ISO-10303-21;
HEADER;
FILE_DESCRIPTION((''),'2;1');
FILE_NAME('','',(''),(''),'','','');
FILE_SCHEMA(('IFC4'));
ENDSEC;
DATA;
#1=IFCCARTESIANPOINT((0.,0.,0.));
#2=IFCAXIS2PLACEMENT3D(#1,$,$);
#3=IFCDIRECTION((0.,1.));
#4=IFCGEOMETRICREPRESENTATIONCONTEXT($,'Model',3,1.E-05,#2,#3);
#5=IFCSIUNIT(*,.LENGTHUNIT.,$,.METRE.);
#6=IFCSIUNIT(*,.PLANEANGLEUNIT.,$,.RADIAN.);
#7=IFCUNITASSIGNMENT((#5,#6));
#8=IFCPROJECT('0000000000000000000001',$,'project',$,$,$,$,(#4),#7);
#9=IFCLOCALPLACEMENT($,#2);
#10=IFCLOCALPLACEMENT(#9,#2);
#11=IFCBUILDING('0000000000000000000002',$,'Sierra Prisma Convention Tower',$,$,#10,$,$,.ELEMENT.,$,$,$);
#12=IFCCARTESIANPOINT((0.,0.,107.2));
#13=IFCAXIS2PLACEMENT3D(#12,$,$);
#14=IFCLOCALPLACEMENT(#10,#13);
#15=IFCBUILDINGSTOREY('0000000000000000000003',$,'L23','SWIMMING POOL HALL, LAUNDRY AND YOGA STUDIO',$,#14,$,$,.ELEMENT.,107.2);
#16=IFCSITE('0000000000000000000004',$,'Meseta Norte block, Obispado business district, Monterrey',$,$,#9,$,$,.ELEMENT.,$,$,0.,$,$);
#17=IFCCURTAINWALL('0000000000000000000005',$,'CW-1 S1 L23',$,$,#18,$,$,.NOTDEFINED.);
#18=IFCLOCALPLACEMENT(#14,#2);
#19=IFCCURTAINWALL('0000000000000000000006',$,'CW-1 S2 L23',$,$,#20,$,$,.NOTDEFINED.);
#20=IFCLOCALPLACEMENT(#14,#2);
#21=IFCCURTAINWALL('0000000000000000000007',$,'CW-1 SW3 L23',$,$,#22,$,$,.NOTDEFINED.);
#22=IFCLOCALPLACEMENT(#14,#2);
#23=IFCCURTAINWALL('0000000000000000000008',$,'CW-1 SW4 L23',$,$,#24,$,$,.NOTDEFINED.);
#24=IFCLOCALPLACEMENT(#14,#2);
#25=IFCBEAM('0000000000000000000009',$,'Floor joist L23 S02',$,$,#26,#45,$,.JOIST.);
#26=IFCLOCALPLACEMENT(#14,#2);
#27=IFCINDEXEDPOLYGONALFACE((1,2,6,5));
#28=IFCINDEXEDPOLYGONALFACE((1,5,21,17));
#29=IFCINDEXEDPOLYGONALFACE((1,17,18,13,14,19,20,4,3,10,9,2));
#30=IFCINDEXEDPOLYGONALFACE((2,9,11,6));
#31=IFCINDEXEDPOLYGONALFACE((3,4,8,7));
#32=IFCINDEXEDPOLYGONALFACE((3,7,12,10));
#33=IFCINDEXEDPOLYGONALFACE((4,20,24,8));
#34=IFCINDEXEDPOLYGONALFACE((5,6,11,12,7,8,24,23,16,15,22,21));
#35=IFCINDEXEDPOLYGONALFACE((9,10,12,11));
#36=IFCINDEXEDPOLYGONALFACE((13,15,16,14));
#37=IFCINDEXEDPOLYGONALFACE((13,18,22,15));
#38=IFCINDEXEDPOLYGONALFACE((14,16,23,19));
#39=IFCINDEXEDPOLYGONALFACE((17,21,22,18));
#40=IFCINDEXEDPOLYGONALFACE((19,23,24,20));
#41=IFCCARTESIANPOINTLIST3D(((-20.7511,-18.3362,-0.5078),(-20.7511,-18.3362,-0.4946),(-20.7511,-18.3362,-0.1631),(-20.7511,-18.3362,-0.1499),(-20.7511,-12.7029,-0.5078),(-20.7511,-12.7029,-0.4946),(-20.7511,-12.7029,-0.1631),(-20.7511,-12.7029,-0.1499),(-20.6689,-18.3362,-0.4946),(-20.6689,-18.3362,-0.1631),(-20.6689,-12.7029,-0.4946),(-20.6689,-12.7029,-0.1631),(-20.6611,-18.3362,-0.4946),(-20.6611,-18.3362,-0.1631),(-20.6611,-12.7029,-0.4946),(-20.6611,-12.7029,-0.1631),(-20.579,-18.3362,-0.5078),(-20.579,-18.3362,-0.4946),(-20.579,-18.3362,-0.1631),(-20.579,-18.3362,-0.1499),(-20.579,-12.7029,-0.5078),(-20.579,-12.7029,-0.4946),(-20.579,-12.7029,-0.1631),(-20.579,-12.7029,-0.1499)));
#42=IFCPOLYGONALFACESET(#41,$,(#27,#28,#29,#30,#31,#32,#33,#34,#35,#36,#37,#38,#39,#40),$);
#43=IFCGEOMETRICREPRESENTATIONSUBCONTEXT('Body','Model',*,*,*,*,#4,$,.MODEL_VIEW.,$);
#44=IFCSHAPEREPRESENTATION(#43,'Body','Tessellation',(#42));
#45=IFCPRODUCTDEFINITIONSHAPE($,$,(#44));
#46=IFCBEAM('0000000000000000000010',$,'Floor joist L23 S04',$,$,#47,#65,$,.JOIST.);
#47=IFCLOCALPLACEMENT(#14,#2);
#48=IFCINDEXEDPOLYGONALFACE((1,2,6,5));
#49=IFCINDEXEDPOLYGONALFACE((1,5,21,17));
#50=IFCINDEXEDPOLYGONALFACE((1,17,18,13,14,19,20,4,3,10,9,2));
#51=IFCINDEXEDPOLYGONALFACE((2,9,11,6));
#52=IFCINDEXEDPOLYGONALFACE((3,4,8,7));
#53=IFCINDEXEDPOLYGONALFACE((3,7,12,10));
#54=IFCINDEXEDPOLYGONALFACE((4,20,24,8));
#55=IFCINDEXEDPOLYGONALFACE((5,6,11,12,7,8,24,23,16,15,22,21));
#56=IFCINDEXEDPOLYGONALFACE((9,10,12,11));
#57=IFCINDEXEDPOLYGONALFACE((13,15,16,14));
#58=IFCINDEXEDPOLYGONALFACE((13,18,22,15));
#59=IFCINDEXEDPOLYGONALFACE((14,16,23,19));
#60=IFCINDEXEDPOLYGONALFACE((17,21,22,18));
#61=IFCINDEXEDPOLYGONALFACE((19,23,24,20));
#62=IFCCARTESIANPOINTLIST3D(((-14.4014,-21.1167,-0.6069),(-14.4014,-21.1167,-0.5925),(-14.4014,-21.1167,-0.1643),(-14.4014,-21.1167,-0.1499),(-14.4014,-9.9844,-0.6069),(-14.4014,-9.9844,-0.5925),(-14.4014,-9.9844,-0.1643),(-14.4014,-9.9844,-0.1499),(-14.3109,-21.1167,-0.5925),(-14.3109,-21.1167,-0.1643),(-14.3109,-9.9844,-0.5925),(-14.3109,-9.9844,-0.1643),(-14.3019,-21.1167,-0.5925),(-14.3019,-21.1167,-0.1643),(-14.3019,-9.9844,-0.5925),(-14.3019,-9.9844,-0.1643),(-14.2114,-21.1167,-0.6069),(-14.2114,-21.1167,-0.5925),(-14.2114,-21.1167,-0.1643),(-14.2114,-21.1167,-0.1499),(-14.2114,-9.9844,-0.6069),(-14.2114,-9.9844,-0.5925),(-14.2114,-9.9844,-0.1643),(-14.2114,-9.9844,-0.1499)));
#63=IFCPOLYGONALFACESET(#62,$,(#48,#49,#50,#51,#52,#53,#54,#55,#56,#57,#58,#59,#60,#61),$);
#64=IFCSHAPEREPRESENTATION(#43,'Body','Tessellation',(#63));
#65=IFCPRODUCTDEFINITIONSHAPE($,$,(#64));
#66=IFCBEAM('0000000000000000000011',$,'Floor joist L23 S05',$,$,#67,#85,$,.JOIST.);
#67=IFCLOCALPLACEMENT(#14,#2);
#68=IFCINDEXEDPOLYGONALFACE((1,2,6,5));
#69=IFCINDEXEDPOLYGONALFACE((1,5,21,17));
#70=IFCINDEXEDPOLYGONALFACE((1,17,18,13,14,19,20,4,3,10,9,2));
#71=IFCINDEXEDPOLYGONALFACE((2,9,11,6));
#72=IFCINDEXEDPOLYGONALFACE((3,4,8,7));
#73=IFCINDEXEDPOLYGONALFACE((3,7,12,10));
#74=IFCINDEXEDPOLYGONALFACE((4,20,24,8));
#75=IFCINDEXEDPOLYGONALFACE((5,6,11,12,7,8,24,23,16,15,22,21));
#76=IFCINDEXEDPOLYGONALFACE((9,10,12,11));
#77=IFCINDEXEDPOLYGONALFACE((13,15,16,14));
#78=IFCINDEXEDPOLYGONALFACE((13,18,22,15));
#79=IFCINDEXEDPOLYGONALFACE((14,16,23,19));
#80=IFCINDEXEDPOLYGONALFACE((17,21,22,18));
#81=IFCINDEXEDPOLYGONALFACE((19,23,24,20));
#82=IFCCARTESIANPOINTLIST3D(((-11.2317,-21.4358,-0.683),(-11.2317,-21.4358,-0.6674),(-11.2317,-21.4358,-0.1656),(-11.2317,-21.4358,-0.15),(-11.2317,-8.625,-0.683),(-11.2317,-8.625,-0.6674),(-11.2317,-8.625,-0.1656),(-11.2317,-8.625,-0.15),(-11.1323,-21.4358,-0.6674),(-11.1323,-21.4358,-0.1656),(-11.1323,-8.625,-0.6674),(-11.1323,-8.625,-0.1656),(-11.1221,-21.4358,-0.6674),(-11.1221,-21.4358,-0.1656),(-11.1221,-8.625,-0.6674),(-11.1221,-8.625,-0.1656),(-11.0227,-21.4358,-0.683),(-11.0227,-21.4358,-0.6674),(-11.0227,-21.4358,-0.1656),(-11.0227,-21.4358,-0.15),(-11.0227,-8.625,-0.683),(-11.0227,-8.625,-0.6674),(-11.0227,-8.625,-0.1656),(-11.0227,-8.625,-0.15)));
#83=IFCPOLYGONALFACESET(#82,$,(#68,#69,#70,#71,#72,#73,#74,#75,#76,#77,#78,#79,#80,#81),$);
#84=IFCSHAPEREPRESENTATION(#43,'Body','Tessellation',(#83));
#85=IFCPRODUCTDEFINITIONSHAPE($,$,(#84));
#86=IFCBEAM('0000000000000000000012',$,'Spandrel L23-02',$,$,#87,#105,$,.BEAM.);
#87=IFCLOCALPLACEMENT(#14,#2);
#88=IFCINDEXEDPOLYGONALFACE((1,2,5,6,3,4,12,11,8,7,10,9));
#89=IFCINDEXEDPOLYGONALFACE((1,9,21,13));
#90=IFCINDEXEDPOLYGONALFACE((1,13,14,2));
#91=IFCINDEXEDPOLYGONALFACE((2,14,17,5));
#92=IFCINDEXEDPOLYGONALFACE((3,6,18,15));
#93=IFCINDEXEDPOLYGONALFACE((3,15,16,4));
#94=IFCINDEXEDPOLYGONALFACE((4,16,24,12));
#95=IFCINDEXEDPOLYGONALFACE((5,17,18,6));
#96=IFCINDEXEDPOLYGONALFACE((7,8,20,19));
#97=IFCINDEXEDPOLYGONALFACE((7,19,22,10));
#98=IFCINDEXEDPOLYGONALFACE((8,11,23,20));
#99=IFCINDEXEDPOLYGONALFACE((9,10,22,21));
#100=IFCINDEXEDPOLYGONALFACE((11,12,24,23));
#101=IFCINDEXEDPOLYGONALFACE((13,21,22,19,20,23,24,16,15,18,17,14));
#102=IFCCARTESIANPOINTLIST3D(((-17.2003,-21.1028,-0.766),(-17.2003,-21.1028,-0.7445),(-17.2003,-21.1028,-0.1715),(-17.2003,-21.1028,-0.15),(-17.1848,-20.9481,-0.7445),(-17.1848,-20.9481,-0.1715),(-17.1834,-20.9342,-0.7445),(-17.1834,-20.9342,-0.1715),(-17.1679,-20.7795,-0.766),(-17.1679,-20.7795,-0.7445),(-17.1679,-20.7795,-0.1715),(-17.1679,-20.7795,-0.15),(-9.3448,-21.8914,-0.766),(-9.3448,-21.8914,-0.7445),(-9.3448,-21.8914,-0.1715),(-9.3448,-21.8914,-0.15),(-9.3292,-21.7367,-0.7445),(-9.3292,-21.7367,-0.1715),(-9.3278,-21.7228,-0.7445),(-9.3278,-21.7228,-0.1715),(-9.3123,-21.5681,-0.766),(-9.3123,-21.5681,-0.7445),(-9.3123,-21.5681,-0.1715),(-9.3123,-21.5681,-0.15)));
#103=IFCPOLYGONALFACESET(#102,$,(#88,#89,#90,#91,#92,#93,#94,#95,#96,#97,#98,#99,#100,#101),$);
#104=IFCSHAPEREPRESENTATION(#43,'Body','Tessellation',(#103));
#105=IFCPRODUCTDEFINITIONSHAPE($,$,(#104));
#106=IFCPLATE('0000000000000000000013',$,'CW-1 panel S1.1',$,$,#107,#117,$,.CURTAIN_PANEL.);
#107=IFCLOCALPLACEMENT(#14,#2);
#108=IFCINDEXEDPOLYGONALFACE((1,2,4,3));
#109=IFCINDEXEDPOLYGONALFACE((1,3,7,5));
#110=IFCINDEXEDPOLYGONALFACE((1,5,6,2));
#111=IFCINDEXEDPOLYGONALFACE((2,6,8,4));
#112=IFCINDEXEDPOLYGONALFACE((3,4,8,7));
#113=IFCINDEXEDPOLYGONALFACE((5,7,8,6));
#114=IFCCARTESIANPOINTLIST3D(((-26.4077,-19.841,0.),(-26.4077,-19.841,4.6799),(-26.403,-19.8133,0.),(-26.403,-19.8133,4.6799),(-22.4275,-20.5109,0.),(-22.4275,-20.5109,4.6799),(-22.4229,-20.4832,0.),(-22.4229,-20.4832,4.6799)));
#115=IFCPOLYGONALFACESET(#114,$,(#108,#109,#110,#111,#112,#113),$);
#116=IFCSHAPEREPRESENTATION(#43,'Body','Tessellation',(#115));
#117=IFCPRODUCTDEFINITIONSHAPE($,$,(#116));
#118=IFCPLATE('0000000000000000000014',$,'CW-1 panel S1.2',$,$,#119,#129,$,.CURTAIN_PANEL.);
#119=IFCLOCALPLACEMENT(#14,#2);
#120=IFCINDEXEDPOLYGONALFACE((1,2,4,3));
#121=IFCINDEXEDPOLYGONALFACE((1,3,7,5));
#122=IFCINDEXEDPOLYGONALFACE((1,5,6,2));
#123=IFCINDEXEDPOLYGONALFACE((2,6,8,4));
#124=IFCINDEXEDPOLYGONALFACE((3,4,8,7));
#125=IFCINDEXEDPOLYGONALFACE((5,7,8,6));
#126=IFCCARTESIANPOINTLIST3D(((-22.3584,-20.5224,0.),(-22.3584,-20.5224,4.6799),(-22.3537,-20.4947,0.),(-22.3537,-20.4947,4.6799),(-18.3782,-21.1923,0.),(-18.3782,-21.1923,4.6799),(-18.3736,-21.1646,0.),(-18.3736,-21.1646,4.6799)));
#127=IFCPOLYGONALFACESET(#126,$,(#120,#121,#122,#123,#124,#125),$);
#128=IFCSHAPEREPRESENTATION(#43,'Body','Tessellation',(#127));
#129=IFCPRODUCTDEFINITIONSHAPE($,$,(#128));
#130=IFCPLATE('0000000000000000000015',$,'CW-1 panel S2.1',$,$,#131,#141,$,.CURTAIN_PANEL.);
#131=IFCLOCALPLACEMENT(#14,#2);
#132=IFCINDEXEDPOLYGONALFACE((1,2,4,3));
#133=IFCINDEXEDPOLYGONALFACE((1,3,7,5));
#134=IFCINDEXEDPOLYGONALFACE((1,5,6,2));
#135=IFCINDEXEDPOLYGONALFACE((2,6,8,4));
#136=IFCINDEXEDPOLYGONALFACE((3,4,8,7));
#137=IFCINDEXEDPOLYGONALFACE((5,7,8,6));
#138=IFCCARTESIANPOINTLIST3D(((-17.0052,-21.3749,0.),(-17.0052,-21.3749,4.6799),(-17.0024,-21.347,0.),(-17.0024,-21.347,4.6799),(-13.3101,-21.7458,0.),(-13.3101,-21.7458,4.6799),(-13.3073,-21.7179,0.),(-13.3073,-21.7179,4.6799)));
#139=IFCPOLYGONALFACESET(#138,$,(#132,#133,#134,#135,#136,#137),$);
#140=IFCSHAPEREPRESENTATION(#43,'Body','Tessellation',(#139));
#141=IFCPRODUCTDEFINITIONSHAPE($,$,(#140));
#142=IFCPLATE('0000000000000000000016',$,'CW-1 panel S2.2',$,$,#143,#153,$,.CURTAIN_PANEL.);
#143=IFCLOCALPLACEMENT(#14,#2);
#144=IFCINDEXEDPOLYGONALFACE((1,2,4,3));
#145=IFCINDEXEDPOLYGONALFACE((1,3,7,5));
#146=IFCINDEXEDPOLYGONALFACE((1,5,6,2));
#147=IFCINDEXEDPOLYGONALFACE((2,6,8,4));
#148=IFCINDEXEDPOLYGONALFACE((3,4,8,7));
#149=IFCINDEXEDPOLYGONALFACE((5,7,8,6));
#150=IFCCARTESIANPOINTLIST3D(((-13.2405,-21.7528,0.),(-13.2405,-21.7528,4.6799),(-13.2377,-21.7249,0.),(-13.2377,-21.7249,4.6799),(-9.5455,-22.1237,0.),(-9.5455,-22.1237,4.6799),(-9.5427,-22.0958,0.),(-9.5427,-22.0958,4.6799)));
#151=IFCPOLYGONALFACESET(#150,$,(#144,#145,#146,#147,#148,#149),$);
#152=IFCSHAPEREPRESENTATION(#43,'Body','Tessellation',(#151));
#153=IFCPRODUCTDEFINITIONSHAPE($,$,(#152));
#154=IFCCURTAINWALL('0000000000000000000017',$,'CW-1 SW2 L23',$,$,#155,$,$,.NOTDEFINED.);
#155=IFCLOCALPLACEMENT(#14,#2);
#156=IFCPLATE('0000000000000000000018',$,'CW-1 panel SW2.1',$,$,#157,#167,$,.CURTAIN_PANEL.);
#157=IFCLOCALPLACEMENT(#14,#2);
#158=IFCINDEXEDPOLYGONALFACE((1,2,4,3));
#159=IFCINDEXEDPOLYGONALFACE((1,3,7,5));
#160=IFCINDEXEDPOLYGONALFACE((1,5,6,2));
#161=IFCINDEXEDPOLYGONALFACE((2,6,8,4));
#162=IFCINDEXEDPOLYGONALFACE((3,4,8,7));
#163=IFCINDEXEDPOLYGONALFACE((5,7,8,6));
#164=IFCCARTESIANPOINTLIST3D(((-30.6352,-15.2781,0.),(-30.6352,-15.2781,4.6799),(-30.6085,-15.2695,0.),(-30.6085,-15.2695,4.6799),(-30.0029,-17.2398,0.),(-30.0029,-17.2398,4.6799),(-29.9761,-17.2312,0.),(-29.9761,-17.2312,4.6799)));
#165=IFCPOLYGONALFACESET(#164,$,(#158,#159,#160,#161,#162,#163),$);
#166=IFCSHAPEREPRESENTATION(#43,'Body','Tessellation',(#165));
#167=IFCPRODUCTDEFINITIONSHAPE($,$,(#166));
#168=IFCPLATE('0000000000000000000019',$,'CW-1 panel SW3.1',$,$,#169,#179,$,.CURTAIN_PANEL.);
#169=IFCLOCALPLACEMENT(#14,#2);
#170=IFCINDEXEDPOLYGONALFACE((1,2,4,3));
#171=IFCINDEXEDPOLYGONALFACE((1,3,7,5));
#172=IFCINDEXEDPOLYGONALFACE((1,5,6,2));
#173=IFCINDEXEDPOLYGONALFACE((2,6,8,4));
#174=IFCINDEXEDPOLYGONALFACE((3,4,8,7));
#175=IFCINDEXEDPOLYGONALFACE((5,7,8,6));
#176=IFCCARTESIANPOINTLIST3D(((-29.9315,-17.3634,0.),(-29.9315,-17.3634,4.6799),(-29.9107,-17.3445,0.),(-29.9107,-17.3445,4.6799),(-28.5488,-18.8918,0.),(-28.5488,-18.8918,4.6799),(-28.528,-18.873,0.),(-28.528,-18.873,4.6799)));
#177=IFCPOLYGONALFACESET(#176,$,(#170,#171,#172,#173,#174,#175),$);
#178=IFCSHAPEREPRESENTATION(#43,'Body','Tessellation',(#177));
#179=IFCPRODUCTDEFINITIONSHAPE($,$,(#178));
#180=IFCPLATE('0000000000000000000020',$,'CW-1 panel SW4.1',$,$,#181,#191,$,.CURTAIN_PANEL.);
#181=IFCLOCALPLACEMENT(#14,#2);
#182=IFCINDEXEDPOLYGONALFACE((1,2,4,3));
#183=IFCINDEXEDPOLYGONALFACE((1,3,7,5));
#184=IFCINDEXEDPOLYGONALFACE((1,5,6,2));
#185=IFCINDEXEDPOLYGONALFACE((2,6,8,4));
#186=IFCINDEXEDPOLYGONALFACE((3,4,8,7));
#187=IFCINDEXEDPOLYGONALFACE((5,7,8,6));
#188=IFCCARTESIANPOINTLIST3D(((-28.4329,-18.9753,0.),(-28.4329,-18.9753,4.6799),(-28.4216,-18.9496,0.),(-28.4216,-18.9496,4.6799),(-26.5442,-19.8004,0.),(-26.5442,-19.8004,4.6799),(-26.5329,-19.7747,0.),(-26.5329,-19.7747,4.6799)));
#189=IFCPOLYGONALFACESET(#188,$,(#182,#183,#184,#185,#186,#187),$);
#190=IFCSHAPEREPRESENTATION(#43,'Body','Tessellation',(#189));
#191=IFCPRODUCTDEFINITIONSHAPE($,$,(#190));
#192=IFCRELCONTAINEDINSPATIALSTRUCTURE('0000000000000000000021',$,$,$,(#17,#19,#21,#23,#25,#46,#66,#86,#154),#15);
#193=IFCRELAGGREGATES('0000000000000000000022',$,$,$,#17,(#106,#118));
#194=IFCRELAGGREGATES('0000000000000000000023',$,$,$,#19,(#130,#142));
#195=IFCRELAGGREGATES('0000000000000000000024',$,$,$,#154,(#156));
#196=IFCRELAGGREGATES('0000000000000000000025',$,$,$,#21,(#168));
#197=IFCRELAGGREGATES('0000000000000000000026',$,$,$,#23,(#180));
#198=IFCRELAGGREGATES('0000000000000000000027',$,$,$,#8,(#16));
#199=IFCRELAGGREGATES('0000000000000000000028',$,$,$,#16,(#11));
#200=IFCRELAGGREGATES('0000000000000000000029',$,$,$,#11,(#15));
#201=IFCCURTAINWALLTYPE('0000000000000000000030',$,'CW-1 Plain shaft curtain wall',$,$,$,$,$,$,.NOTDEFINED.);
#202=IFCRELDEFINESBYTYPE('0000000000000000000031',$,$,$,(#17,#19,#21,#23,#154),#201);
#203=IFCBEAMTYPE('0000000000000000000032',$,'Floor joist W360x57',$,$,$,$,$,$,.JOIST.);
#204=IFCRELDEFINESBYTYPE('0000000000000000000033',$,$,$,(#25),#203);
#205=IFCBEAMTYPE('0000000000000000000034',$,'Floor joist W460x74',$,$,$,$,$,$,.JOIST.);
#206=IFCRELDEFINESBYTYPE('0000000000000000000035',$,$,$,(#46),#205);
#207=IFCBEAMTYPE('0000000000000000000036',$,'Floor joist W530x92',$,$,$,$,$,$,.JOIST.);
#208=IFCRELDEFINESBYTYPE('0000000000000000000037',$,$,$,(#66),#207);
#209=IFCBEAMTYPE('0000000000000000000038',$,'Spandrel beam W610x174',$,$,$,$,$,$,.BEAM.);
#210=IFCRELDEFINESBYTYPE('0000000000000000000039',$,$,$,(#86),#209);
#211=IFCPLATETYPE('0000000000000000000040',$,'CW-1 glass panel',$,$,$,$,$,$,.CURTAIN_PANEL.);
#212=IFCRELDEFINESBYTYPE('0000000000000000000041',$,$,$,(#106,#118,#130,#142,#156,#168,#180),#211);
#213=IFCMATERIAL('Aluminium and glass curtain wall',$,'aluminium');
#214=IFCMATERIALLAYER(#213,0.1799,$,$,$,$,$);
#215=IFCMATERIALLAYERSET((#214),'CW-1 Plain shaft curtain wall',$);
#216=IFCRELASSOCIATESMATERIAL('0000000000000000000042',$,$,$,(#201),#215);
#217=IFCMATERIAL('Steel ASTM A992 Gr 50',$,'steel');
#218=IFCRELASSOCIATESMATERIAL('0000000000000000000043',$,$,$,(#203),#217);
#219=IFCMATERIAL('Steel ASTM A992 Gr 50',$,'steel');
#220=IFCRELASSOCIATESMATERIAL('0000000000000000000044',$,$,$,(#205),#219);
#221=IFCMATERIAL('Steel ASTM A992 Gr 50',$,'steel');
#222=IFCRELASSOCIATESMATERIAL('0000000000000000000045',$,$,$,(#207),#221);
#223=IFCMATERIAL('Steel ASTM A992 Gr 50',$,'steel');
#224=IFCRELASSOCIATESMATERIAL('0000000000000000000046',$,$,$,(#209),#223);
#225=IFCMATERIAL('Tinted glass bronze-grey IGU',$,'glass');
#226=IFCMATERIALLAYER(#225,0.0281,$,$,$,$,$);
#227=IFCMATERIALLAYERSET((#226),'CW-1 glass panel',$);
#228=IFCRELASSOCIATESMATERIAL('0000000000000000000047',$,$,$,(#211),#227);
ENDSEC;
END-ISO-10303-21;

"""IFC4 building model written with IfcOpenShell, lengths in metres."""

from ifc_helpers import new_model, si_unit, direction, frame, origin, origin_2d, place, context, subcontext, project, spatial, rectangle, i_section, extrude, material, layer, layer_set, material_profile, profile_set, type_object, element, aggregate, save


model = new_model("IFC4")

# Units and contexts
model_context = context("Model", 3, precision=1e-05, world=origin(), true_north=direction((0.0, 1.0)))
body_context = subcontext(model_context, "Body", "Model", "MODEL_VIEW")
ifc_project = project(units=[si_unit("LENGTHUNIT", "METRE"), si_unit("PLANEANGLEUNIT", "RADIAN")], contexts=[model_context])

# Site, building, storey
site_placement = place(None, origin())
site = spatial("IfcSite", under=ifc_project, at=site_placement, Name="Meseta Norte block, Obispado business district, Monterrey", CompositionType="ELEMENT", RefElevation=0.0)
building_placement = place(site_placement, origin())
building = spatial("IfcBuilding", under=site, at=building_placement, Name="Sierra Prisma Convention Tower", CompositionType="ELEMENT")
storey_placement = place(building_placement, frame((0.0, 0.0, 107.2)))
storey = spatial("IfcBuildingStorey", under=building, at=storey_placement, Name="L23", Description="SWIMMING POOL HALL, LAUNDRY AND YOGA STUDIO", CompositionType="ELEMENT", Elevation=107.2)

# Curtain walls
ifc_material_1 = material(Name="Aluminium and glass curtain wall", Category="aluminium")
ifc_layer_1 = layer(ifc_material_1, 0.1799)
ifc_layer_set_1 = layer_set([ifc_layer_1], Name="CW-1 Plain shaft curtain wall")
curtain_wall_type = type_object("IfcCurtainWallType", Name="CW-1 Plain shaft curtain wall", PredefinedType="NOTDEFINED", material=ifc_layer_set_1)
curtain_wall_1_placement = place(storey_placement, origin())
curtain_wall_1 = element("IfcCurtainWall", 1, at=curtain_wall_1_placement, inside=storey, type_object=curtain_wall_type, Name="CW-1 S1 L23", PredefinedType="NOTDEFINED")
curtain_wall_2_placement = place(storey_placement, origin())
curtain_wall_2 = element("IfcCurtainWall", 2, at=curtain_wall_2_placement, inside=storey, type_object=curtain_wall_type, Name="CW-1 S2 L23", PredefinedType="NOTDEFINED")

# Curtain walls
curtain_wall_3_placement = place(storey_placement, origin())
curtain_wall_3 = element("IfcCurtainWall", 3, at=curtain_wall_3_placement, inside=storey, type_object=curtain_wall_type, Name="CW-1 SW3 L23", PredefinedType="NOTDEFINED")
curtain_wall_4_placement = place(storey_placement, origin())
curtain_wall_4 = element("IfcCurtainWall", 4, at=curtain_wall_4_placement, inside=storey, type_object=curtain_wall_type, Name="CW-1 SW4 L23", PredefinedType="NOTDEFINED")

# Beams
ifc_material_2 = material(Name="Steel ASTM A992 Gr 50", Category="steel")
ifc_material_profile_1 = material_profile(ifc_material_2, i_section(OverallWidth=0.1721, OverallDepth=0.3579, WebThickness=0.0078, FlangeThickness=0.0132, at=origin_2d()), Name="W360x57")
ifc_profile_set_1 = profile_set([ifc_material_profile_1], Name="Steel ASTM A992 Gr 50")
beam_type_1 = type_object("IfcBeamType", Name="Floor joist W360x57", PredefinedType="JOIST", material=ifc_profile_set_1)
beam_1_placement = place(storey_placement, frame((-20.665, -18.3362, -0.3289), z_axis=(0.0, 1.0, 0.0), x_axis=(-1.0, 0.0, 0.0)))
element("IfcBeam", 5, at=beam_1_placement, inside=storey, type_object=beam_type_1, Name="Floor joist L23 S02", PredefinedType="JOIST", context=body_context, shape_type="SweptSolid", body=[
    extrude(i_section(OverallWidth=0.1721, OverallDepth=0.3579, WebThickness=0.0078, FlangeThickness=0.0132, at=origin_2d()), origin(), (0.0, 0.0, 1.0), 5.6333),
])
ifc_material_3 = material(Name="Steel ASTM A992 Gr 50", Category="steel")
ifc_material_profile_2 = material_profile(ifc_material_3, i_section(OverallWidth=0.1899, OverallDepth=0.457, WebThickness=0.009, FlangeThickness=0.0144, at=origin_2d()), Name="W460x74")
ifc_profile_set_2 = profile_set([ifc_material_profile_2], Name="Steel ASTM A992 Gr 50")
beam_type_2 = type_object("IfcBeamType", Name="Floor joist W460x74", PredefinedType="JOIST", material=ifc_profile_set_2)
beam_2_placement = place(storey_placement, frame((-14.3064, -21.1167, -0.3784), z_axis=(0.0, 1.0, 0.0), x_axis=(-1.0, 0.0, 0.0)))
element("IfcBeam", 6, at=beam_2_placement, inside=storey, type_object=beam_type_2, Name="Floor joist L23 S04", PredefinedType="JOIST", context=body_context, shape_type="SweptSolid", body=[
    extrude(i_section(OverallWidth=0.1899, OverallDepth=0.457, WebThickness=0.009, FlangeThickness=0.0144, at=origin_2d()), origin(), (0.0, 0.0, 1.0), 11.1323),
])
ifc_material_4 = material(Name="Steel ASTM A992 Gr 50", Category="steel")
ifc_material_profile_3 = material_profile(ifc_material_4, i_section(OverallWidth=0.209, OverallDepth=0.533, WebThickness=0.0103, FlangeThickness=0.0156, at=origin_2d()), Name="W530x92")
ifc_profile_set_3 = profile_set([ifc_material_profile_3], Name="Steel ASTM A992 Gr 50")
beam_type_3 = type_object("IfcBeamType", Name="Floor joist W530x92", PredefinedType="JOIST", material=ifc_profile_set_3)
beam_3_placement = place(storey_placement, frame((-11.1272, -21.4358, -0.4165), z_axis=(0.0, 1.0, 0.0), x_axis=(-1.0, 0.0, 0.0)))
element("IfcBeam", 7, at=beam_3_placement, inside=storey, type_object=beam_type_3, Name="Floor joist L23 S05", PredefinedType="JOIST", context=body_context, shape_type="SweptSolid", body=[
    extrude(i_section(OverallWidth=0.209, OverallDepth=0.533, WebThickness=0.0103, FlangeThickness=0.0156, at=origin_2d()), origin(), (0.0, 0.0, 1.0), 12.8108),
])
ifc_material_5 = material(Name="Steel ASTM A992 Gr 50", Category="steel")
ifc_material_profile_4 = material_profile(ifc_material_5, i_section(OverallWidth=0.325, OverallDepth=0.616, WebThickness=0.0139, FlangeThickness=0.0215, at=origin_2d()), Name="W610x174")
ifc_profile_set_4 = profile_set([ifc_material_profile_4], Name="Steel ASTM A992 Gr 50")
beam_type_4 = type_object("IfcBeamType", Name="Spandrel beam W610x174", PredefinedType="BEAM", material=ifc_profile_set_4)
beam_4_placement = place(storey_placement, frame((-17.1841, -20.9412, -0.458), z_axis=(0.994999, -0.099883, 0.0), x_axis=(0.099883, 0.994999, 0.0)))
element("IfcBeam", 8, at=beam_4_placement, inside=storey, type_object=beam_type_4, Name="Spandrel L23-02", PredefinedType="BEAM", context=body_context, shape_type="SweptSolid", body=[
    extrude(i_section(OverallWidth=0.325, OverallDepth=0.616, WebThickness=0.0139, FlangeThickness=0.0215, at=origin_2d()), origin(), (0.0, 0.0, 1.0), 7.895),
])

# Plates
ifc_material_6 = material(Name="Tinted glass bronze-grey IGU", Category="glass")
ifc_layer_2 = layer(ifc_material_6, 0.0281)
ifc_layer_set_2 = layer_set([ifc_layer_2], Name="CW-1 glass panel")
plate_type = type_object("IfcPlateType", Name="CW-1 glass panel", PredefinedType="CURTAIN_PANEL", material=ifc_layer_set_2)
plate_1_placement = place(storey_placement, frame((-24.4153, -20.1621, 0.0), z_axis=(0.0, 0.0, 1.0), x_axis=(0.986132, -0.165964, 0.0)))
plate_1 = element("IfcPlate", 9, at=plate_1_placement, type_object=plate_type, Name="CW-1 panel S1.1", PredefinedType="CURTAIN_PANEL", context=body_context, shape_type="SweptSolid", body=[
    extrude(rectangle(XDim=4.0361, YDim=0.0281, at=origin_2d()), origin(), (0.0, 0.0, 1.0), 4.6799),
])
plate_2_placement = place(storey_placement, frame((-20.366, -20.8435, 0.0), z_axis=(0.0, 0.0, 1.0), x_axis=(0.986132, -0.165964, 0.0)))
plate_2 = element("IfcPlate", 10, at=plate_2_placement, type_object=plate_type, Name="CW-1 panel S1.2", PredefinedType="CURTAIN_PANEL", context=body_context, shape_type="SweptSolid", body=[
    extrude(rectangle(XDim=4.0361, YDim=0.0281, at=origin_2d()), origin(), (0.0, 0.0, 1.0), 4.6799),
])
aggregate(curtain_wall_1, [plate_1, plate_2])
plate_3_placement = place(storey_placement, frame((-15.1562, -21.5464, 0.0), z_axis=(0.0, 0.0, 1.0), x_axis=(0.995, -0.099874, 0.0)))
plate_3 = element("IfcPlate", 11, at=plate_3_placement, type_object=plate_type, Name="CW-1 panel S2.1", PredefinedType="CURTAIN_PANEL", context=body_context, shape_type="SweptSolid", body=[
    extrude(rectangle(XDim=3.7136, YDim=0.0281, at=origin_2d()), origin(), (0.0, 0.0, 1.0), 4.6799),
])
plate_4_placement = place(storey_placement, frame((-11.3916, -21.9243, 0.0), z_axis=(0.0, 0.0, 1.0), x_axis=(0.995, -0.099874, 0.0)))
plate_4 = element("IfcPlate", 12, at=plate_4_placement, type_object=plate_type, Name="CW-1 panel S2.2", PredefinedType="CURTAIN_PANEL", context=body_context, shape_type="SweptSolid", body=[
    extrude(rectangle(XDim=3.7136, YDim=0.0281, at=origin_2d()), origin(), (0.0, 0.0, 1.0), 4.6799),
])
aggregate(curtain_wall_2, [plate_3, plate_4])

# Curtain wall, plate
curtain_wall_5_placement = place(storey_placement, origin())
curtain_wall_5 = element("IfcCurtainWall", 13, at=curtain_wall_5_placement, inside=storey, type_object=curtain_wall_type, Name="CW-1 SW2 L23", PredefinedType="NOTDEFINED")
plate_5_placement = place(storey_placement, frame((-30.3057, -16.2546, 0.0), z_axis=(0.0, 0.0, 1.0), x_axis=(0.306791, -0.951777, 0.0)))
plate_5 = element("IfcPlate", 14, at=plate_5_placement, type_object=plate_type, Name="CW-1 panel SW2.1", PredefinedType="CURTAIN_PANEL", context=body_context, shape_type="SweptSolid", body=[
    extrude(rectangle(XDim=2.061, YDim=0.0281, at=origin_2d()), origin(), (0.0, 0.0, 1.0), 4.6799),
])
aggregate(curtain_wall_5, [plate_5])

# Plates
plate_6_placement = place(storey_placement, frame((-29.2297, -18.1182, 0.0), z_axis=(0.0, 0.0, 1.0), x_axis=(0.670867, -0.741577, 0.0)))
plate_6 = element("IfcPlate", 15, at=plate_6_placement, type_object=plate_type, Name="CW-1 panel SW3.1", PredefinedType="CURTAIN_PANEL", context=body_context, shape_type="SweptSolid", body=[
    extrude(rectangle(XDim=2.061, YDim=0.0281, at=origin_2d()), origin(), (0.0, 0.0, 1.0), 4.6799),
])
aggregate(curtain_wall_3, [plate_6])
plate_7_placement = place(storey_placement, frame((-27.4829, -19.375, 0.0), z_axis=(0.0, 0.0, 1.0), x_axis=(0.916377, -0.400315, 0.0)))
plate_7 = element("IfcPlate", 16, at=plate_7_placement, type_object=plate_type, Name="CW-1 panel SW4.1", PredefinedType="CURTAIN_PANEL", context=body_context, shape_type="SweptSolid", body=[
    extrude(rectangle(XDim=2.061, YDim=0.0281, at=origin_2d()), origin(), (0.0, 0.0, 1.0), 4.6799),
])
aggregate(curtain_wall_4, [plate_7])

save(model, "model.ifc")
